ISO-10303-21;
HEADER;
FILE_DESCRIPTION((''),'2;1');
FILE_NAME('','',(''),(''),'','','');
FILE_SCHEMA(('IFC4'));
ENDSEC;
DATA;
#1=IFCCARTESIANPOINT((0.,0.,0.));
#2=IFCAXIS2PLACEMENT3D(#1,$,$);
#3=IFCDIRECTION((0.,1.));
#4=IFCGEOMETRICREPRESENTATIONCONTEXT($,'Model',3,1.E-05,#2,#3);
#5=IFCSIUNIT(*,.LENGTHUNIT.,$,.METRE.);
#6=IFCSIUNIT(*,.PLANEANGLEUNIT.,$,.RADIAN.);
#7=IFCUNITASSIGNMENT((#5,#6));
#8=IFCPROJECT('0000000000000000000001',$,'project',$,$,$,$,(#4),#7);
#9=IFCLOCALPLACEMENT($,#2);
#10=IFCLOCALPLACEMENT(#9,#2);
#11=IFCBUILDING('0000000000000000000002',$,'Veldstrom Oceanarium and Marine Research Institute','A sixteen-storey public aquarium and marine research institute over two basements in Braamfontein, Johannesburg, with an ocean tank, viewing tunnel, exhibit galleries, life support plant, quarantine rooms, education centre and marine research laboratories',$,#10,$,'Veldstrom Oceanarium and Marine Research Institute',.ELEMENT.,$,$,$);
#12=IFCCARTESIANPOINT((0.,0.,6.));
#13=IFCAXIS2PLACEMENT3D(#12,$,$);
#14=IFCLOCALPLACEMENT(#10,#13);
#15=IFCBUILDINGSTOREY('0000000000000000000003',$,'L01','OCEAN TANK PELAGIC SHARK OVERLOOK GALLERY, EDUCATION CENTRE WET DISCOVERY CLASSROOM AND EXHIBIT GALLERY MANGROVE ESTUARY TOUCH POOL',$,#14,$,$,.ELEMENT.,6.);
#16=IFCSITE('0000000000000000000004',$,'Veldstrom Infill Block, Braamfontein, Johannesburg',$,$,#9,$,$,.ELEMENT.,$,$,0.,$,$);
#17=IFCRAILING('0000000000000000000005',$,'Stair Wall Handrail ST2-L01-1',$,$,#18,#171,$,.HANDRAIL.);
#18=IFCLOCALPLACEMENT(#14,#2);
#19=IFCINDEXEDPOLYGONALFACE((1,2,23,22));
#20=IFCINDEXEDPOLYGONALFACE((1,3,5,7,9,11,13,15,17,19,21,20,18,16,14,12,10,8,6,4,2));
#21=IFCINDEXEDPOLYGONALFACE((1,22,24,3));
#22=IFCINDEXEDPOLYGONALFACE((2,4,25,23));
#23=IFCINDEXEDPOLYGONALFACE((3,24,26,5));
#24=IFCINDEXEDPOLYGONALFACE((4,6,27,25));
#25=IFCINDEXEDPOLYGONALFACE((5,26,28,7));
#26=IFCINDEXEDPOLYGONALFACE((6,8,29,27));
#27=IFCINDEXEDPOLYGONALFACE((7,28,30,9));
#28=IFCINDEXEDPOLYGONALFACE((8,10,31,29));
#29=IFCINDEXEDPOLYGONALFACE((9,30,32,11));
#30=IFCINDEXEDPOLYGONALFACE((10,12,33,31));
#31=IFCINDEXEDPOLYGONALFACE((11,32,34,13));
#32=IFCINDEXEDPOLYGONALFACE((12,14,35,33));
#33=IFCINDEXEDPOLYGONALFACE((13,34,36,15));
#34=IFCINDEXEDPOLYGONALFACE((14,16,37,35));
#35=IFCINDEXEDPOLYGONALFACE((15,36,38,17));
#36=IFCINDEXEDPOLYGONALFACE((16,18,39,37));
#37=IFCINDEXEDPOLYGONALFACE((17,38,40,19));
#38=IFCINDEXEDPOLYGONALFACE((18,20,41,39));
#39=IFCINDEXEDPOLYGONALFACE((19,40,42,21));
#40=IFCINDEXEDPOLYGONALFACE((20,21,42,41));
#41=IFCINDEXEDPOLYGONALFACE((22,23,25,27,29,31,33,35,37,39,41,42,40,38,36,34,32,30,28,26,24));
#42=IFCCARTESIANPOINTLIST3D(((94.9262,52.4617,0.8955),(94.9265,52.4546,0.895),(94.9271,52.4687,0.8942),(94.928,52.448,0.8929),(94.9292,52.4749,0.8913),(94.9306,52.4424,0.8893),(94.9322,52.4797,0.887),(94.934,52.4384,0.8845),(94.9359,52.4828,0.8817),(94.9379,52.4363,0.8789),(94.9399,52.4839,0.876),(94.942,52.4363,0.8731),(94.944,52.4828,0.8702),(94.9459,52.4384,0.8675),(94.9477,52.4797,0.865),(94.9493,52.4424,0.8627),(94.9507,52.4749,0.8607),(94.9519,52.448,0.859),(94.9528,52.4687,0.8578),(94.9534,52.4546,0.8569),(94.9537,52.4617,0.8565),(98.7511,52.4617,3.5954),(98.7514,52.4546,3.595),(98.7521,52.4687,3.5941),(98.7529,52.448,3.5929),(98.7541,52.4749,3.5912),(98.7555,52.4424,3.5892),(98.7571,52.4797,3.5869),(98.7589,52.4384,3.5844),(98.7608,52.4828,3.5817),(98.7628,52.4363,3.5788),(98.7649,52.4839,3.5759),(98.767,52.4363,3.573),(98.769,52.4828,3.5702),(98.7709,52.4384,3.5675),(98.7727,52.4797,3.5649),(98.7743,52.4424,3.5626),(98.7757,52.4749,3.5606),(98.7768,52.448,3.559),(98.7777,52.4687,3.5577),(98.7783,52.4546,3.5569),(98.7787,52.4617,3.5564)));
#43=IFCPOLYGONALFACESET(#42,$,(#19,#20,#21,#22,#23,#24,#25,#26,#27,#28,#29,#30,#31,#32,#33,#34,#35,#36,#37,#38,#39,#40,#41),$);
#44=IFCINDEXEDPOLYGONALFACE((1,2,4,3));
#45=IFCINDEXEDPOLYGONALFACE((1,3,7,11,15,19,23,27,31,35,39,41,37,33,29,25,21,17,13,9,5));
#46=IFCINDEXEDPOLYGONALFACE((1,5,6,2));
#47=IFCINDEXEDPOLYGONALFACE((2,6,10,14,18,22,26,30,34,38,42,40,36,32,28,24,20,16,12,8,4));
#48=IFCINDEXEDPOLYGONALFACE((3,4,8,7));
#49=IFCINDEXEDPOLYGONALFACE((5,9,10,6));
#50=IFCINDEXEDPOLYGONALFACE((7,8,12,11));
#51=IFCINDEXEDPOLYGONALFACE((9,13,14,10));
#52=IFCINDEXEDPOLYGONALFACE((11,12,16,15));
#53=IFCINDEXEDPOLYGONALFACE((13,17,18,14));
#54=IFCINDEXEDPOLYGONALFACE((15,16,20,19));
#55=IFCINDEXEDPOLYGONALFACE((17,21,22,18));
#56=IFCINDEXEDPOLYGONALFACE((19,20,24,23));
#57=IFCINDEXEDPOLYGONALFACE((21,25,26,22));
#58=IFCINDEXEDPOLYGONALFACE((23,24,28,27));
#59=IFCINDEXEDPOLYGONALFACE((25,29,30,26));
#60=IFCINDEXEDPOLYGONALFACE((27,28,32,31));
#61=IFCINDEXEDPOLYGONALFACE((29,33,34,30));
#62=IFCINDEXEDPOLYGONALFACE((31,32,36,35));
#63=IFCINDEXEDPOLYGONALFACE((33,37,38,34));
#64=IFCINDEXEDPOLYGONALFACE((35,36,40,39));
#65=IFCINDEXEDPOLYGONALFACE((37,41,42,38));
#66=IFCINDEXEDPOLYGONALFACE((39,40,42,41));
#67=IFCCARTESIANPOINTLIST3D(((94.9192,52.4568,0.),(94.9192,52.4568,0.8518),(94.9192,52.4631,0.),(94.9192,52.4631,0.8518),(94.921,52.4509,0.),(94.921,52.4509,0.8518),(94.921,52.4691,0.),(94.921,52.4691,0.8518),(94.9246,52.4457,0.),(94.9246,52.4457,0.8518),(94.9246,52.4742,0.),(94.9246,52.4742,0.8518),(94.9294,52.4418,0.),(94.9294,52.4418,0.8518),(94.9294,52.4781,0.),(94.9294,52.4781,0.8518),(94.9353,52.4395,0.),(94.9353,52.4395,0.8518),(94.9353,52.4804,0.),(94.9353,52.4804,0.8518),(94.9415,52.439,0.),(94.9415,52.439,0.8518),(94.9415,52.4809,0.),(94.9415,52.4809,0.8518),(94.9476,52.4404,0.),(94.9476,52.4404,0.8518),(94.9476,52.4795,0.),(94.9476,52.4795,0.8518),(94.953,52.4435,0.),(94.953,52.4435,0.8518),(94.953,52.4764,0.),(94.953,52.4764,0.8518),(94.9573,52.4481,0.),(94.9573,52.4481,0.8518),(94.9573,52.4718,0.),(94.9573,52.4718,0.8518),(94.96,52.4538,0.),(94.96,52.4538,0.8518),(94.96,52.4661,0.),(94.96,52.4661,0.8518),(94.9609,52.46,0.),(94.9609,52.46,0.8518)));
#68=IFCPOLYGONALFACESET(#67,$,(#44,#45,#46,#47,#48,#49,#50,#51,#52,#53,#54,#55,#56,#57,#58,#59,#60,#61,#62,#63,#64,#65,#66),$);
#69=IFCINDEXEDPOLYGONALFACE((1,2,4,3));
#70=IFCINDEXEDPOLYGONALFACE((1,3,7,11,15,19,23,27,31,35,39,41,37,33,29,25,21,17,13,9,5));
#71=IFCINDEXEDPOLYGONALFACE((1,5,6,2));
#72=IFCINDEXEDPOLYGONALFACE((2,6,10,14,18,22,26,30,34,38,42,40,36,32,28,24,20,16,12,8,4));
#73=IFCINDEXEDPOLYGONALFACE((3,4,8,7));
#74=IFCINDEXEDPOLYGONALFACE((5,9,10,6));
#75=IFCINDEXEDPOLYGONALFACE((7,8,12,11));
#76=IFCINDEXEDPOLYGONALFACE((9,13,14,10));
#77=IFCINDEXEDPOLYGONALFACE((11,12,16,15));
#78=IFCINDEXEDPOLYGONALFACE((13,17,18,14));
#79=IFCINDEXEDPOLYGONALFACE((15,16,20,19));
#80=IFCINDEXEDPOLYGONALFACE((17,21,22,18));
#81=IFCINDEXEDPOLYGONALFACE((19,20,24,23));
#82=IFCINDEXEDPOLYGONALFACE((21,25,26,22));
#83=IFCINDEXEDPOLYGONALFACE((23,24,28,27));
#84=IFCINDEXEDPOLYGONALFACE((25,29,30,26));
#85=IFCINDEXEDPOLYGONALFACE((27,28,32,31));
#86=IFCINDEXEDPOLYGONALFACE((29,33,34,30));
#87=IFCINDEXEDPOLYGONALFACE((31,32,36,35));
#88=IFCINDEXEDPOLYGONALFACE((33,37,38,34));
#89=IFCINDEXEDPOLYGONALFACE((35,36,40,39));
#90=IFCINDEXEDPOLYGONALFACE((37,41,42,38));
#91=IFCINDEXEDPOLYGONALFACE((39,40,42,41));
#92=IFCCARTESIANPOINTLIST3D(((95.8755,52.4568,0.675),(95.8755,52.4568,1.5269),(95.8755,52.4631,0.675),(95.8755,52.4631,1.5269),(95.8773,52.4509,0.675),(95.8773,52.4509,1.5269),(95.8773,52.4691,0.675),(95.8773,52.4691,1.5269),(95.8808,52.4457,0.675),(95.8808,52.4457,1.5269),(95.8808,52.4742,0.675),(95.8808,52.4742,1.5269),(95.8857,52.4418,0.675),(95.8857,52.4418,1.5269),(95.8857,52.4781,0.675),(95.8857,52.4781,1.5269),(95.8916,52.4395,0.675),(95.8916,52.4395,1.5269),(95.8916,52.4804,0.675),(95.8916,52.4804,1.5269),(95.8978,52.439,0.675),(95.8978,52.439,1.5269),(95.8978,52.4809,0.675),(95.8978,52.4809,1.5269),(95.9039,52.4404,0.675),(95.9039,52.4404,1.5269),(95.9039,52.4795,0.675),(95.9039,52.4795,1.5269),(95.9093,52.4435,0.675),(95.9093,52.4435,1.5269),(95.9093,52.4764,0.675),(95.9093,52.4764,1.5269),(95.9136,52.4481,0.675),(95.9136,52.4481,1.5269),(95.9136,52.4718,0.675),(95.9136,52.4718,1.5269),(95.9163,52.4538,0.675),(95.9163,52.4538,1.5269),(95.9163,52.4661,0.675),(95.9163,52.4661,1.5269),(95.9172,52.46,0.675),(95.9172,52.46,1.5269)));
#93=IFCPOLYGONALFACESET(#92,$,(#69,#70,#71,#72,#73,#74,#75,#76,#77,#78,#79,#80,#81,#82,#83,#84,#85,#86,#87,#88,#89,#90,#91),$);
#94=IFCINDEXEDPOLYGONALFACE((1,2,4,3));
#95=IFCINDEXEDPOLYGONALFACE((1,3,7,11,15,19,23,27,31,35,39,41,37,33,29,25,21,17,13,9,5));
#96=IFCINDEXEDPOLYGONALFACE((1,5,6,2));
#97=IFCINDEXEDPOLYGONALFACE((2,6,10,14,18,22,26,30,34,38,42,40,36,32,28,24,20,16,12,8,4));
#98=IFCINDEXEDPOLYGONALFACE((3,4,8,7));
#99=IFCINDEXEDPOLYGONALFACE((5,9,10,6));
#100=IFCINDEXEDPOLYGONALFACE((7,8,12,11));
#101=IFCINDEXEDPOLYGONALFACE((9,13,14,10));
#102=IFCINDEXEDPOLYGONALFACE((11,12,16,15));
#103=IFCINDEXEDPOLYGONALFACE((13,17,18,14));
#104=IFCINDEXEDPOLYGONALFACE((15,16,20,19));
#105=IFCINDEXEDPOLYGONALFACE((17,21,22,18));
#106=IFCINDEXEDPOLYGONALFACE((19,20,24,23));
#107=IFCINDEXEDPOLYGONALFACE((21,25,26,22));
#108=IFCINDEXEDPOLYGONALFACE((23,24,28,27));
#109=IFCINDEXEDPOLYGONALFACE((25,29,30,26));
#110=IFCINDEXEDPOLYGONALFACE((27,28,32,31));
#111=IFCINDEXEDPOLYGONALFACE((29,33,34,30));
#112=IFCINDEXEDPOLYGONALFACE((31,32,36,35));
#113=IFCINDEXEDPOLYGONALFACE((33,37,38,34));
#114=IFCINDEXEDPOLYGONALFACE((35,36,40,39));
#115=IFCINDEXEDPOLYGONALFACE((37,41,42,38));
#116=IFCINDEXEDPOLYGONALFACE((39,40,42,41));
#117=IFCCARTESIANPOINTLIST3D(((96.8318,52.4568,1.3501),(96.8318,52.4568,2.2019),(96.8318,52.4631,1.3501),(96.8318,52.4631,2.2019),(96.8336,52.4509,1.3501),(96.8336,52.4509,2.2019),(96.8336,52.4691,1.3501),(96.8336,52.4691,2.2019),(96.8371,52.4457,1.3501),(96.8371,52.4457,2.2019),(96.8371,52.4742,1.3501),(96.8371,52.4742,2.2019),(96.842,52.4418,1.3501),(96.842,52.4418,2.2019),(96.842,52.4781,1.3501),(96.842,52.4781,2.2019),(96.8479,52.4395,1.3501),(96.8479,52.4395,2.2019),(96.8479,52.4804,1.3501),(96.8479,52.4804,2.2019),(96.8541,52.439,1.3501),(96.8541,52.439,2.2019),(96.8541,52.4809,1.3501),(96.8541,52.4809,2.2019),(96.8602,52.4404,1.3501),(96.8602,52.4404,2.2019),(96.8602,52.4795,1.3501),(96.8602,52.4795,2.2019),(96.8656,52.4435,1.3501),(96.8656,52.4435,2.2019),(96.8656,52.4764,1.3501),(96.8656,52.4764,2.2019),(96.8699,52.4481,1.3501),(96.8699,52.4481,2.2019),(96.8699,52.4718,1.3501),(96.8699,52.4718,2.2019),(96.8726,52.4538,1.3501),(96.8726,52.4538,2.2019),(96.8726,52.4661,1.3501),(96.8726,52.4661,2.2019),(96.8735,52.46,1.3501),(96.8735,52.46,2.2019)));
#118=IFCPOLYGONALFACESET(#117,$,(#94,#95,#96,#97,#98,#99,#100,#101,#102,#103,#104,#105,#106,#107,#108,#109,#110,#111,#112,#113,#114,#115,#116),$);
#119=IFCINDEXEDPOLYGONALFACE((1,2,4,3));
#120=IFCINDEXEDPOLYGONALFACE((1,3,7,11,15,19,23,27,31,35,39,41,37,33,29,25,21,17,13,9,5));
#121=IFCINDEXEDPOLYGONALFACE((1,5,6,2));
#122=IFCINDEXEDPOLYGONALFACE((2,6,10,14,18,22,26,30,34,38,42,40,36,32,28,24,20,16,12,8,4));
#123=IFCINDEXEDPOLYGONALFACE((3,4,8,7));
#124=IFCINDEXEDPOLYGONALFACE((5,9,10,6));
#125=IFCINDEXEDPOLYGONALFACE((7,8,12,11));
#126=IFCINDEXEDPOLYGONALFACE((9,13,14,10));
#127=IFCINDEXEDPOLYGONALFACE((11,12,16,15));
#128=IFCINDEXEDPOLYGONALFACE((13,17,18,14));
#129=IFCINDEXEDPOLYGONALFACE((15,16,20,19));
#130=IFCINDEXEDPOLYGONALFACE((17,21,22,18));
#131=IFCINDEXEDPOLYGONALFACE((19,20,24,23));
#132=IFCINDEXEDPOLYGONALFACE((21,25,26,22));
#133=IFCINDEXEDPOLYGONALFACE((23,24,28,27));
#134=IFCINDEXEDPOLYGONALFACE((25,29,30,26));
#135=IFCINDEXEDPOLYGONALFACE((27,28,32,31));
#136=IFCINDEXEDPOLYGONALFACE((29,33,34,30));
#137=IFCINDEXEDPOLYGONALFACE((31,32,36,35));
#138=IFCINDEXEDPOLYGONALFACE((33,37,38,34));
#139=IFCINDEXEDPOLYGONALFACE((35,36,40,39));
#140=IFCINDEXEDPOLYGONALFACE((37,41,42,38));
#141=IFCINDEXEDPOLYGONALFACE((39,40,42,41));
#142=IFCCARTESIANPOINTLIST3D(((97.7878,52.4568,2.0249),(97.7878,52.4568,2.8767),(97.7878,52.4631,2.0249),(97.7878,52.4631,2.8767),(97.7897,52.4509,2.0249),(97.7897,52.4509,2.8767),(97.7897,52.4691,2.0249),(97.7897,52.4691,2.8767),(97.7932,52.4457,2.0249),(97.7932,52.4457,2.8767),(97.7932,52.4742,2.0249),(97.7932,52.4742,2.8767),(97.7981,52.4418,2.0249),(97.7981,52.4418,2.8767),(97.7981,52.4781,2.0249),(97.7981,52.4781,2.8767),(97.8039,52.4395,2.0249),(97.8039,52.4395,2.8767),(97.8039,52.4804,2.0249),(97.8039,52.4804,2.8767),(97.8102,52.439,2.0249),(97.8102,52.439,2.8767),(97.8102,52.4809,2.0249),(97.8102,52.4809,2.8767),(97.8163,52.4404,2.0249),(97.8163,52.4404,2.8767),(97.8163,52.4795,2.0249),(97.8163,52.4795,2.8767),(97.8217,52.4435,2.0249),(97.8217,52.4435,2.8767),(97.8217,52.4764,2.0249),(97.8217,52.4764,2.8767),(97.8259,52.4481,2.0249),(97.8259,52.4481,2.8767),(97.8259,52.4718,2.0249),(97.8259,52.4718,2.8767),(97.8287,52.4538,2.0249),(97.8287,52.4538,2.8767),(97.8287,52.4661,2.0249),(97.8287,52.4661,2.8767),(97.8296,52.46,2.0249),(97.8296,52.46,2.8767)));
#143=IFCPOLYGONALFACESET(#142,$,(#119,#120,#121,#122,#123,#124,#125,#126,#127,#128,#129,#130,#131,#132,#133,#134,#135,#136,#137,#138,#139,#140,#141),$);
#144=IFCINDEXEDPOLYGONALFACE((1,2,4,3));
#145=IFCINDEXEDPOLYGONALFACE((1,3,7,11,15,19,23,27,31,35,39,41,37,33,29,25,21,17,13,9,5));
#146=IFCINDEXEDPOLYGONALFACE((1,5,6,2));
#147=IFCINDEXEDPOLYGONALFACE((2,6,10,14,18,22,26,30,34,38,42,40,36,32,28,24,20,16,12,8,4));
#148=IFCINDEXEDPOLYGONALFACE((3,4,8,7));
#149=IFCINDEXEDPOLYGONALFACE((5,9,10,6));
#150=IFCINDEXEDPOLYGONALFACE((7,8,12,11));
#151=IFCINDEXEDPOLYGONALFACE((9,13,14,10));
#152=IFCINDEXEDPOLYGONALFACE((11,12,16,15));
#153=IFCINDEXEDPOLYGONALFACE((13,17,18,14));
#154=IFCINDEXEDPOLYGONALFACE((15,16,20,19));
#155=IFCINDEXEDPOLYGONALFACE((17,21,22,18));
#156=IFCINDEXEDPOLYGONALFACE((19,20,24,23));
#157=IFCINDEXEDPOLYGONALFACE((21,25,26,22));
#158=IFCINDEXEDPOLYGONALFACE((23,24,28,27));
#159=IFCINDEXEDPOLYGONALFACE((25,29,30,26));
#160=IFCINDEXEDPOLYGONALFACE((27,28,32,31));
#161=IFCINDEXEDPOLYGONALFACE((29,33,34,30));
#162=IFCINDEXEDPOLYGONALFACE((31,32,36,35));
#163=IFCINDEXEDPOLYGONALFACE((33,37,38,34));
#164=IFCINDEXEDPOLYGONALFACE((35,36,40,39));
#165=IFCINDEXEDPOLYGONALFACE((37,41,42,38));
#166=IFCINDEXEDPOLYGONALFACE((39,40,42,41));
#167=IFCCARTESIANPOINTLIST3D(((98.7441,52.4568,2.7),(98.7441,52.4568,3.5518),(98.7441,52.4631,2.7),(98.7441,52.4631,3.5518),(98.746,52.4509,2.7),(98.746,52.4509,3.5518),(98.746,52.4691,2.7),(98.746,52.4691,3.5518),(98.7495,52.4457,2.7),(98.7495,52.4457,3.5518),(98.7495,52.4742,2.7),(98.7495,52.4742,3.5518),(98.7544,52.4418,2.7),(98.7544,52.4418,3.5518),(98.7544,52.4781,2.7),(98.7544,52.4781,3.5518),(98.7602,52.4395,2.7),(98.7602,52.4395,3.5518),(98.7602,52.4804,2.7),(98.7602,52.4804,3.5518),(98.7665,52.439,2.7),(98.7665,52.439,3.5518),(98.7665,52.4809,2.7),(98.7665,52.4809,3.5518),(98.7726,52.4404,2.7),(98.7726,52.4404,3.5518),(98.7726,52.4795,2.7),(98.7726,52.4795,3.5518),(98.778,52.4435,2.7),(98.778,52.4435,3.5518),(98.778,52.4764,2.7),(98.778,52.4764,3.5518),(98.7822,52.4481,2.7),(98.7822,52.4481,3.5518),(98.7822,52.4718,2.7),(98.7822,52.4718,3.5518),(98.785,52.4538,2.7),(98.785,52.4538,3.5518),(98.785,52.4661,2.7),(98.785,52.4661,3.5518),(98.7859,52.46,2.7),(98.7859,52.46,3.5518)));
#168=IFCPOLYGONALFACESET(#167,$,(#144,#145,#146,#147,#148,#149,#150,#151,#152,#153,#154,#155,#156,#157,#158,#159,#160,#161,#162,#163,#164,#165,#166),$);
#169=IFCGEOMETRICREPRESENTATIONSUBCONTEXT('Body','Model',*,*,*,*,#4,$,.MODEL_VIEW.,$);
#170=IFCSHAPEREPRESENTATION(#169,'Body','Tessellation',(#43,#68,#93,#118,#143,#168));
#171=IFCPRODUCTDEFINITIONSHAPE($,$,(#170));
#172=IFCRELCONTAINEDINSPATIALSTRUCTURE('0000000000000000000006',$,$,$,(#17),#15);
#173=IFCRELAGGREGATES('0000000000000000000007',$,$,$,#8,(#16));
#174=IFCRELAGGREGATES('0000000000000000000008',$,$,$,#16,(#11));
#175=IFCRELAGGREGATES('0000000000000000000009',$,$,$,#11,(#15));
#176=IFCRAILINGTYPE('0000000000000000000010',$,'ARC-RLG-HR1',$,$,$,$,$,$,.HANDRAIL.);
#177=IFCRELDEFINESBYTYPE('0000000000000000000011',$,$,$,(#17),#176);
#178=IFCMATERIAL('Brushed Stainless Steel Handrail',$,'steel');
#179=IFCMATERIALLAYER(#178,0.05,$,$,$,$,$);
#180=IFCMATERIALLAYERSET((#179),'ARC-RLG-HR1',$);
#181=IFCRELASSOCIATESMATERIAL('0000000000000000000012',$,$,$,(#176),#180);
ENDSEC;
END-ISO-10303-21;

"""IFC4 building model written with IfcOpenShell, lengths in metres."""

from ifc_helpers import new_model, si_unit, direction, frame, origin, origin_2d, place, context, subcontext, project, spatial, circle, extrude, material, layer, layer_set, type_object, element, save


model = new_model("IFC4")

# Units and contexts
model_context = context("Model", 3, precision=1e-05, world=origin(), true_north=direction((0.0, 1.0)))
body_context = subcontext(model_context, "Body", "Model", "MODEL_VIEW")
ifc_project = project(units=[si_unit("LENGTHUNIT", "METRE"), si_unit("PLANEANGLEUNIT", "RADIAN")], contexts=[model_context])

# Site, building, storey
site_placement = place(None, origin())
site = spatial("IfcSite", under=ifc_project, at=site_placement, Name="Veldstrom Infill Block, Braamfontein, Johannesburg", CompositionType="ELEMENT", RefElevation=0.0)
building_placement = place(site_placement, origin())
building = spatial("IfcBuilding", under=site, at=building_placement, Name="Veldstrom Oceanarium and Marine Research Institute", Description="A sixteen-storey public aquarium and marine research institute over two basements in Braamfontein, Johannesburg, with an ocean tank, viewing tunnel, exhibit galleries, life support plant, quarantine rooms, education centre and marine research laboratories", LongName="Veldstrom Oceanarium and Marine Research Institute", CompositionType="ELEMENT")
storey_placement = place(building_placement, frame((0.0, 0.0, 6.0)))
storey = spatial("IfcBuildingStorey", under=building, at=storey_placement, Name="L01", Description="OCEAN TANK PELAGIC SHARK OVERLOOK GALLERY, EDUCATION CENTRE WET DISCOVERY CLASSROOM AND EXHIBIT GALLERY MANGROVE ESTUARY TOUCH POOL", CompositionType="ELEMENT", Elevation=6.0)

# Railing
ifc_material_1 = material(Name="Brushed Stainless Steel Handrail", Category="steel")
ifc_layer_1 = layer(ifc_material_1, 0.05)
ifc_layer_set_1 = layer_set([ifc_layer_1], Name="ARC-RLG-HR1")
railing_type_1 = type_object("IfcRailingType", Name="ARC-RLG-HR1", PredefinedType="HANDRAIL", material=ifc_layer_set_1)
railing_1_placement = place(storey_placement, frame((94.9399, 52.46, 0.0)))
element("IfcRailing", 1, at=railing_1_placement, inside=storey, type_object=railing_type_1, Name="Stair Wall Handrail ST2-L01-1", PredefinedType="HANDRAIL", context=body_context, shape_type="SweptSolid", body=[
    extrude(circle(Radius=0.0239, at=origin_2d()), frame((0.0, 0.0, 0.876), z_axis=(0.816969, 0.0, 0.576681), x_axis=(0.0, 1.0, 0.0)), (0.0, 0.0, 1.0), 4.6819),
    extrude(circle(Radius=0.021, at=origin_2d()), origin(), (0.0, 0.0, 1.0), 0.8518),
    extrude(circle(Radius=0.021, at=origin_2d()), frame((0.9563, 0.0, 0.675)), (0.0, 0.0, 1.0), 0.8518),
    extrude(circle(Radius=0.021, at=origin_2d()), frame((1.9126, 0.0, 1.3501)), (0.0, 0.0, 1.0), 0.8518),
    extrude(circle(Radius=0.021, at=origin_2d()), frame((2.8687, 0.0, 2.0249)), (0.0, 0.0, 1.0), 0.8518),
    extrude(circle(Radius=0.021, at=origin_2d()), frame((3.825, 0.0, 2.7)), (0.0, 0.0, 1.0), 0.8518),
])

save(model, "model.ifc")
